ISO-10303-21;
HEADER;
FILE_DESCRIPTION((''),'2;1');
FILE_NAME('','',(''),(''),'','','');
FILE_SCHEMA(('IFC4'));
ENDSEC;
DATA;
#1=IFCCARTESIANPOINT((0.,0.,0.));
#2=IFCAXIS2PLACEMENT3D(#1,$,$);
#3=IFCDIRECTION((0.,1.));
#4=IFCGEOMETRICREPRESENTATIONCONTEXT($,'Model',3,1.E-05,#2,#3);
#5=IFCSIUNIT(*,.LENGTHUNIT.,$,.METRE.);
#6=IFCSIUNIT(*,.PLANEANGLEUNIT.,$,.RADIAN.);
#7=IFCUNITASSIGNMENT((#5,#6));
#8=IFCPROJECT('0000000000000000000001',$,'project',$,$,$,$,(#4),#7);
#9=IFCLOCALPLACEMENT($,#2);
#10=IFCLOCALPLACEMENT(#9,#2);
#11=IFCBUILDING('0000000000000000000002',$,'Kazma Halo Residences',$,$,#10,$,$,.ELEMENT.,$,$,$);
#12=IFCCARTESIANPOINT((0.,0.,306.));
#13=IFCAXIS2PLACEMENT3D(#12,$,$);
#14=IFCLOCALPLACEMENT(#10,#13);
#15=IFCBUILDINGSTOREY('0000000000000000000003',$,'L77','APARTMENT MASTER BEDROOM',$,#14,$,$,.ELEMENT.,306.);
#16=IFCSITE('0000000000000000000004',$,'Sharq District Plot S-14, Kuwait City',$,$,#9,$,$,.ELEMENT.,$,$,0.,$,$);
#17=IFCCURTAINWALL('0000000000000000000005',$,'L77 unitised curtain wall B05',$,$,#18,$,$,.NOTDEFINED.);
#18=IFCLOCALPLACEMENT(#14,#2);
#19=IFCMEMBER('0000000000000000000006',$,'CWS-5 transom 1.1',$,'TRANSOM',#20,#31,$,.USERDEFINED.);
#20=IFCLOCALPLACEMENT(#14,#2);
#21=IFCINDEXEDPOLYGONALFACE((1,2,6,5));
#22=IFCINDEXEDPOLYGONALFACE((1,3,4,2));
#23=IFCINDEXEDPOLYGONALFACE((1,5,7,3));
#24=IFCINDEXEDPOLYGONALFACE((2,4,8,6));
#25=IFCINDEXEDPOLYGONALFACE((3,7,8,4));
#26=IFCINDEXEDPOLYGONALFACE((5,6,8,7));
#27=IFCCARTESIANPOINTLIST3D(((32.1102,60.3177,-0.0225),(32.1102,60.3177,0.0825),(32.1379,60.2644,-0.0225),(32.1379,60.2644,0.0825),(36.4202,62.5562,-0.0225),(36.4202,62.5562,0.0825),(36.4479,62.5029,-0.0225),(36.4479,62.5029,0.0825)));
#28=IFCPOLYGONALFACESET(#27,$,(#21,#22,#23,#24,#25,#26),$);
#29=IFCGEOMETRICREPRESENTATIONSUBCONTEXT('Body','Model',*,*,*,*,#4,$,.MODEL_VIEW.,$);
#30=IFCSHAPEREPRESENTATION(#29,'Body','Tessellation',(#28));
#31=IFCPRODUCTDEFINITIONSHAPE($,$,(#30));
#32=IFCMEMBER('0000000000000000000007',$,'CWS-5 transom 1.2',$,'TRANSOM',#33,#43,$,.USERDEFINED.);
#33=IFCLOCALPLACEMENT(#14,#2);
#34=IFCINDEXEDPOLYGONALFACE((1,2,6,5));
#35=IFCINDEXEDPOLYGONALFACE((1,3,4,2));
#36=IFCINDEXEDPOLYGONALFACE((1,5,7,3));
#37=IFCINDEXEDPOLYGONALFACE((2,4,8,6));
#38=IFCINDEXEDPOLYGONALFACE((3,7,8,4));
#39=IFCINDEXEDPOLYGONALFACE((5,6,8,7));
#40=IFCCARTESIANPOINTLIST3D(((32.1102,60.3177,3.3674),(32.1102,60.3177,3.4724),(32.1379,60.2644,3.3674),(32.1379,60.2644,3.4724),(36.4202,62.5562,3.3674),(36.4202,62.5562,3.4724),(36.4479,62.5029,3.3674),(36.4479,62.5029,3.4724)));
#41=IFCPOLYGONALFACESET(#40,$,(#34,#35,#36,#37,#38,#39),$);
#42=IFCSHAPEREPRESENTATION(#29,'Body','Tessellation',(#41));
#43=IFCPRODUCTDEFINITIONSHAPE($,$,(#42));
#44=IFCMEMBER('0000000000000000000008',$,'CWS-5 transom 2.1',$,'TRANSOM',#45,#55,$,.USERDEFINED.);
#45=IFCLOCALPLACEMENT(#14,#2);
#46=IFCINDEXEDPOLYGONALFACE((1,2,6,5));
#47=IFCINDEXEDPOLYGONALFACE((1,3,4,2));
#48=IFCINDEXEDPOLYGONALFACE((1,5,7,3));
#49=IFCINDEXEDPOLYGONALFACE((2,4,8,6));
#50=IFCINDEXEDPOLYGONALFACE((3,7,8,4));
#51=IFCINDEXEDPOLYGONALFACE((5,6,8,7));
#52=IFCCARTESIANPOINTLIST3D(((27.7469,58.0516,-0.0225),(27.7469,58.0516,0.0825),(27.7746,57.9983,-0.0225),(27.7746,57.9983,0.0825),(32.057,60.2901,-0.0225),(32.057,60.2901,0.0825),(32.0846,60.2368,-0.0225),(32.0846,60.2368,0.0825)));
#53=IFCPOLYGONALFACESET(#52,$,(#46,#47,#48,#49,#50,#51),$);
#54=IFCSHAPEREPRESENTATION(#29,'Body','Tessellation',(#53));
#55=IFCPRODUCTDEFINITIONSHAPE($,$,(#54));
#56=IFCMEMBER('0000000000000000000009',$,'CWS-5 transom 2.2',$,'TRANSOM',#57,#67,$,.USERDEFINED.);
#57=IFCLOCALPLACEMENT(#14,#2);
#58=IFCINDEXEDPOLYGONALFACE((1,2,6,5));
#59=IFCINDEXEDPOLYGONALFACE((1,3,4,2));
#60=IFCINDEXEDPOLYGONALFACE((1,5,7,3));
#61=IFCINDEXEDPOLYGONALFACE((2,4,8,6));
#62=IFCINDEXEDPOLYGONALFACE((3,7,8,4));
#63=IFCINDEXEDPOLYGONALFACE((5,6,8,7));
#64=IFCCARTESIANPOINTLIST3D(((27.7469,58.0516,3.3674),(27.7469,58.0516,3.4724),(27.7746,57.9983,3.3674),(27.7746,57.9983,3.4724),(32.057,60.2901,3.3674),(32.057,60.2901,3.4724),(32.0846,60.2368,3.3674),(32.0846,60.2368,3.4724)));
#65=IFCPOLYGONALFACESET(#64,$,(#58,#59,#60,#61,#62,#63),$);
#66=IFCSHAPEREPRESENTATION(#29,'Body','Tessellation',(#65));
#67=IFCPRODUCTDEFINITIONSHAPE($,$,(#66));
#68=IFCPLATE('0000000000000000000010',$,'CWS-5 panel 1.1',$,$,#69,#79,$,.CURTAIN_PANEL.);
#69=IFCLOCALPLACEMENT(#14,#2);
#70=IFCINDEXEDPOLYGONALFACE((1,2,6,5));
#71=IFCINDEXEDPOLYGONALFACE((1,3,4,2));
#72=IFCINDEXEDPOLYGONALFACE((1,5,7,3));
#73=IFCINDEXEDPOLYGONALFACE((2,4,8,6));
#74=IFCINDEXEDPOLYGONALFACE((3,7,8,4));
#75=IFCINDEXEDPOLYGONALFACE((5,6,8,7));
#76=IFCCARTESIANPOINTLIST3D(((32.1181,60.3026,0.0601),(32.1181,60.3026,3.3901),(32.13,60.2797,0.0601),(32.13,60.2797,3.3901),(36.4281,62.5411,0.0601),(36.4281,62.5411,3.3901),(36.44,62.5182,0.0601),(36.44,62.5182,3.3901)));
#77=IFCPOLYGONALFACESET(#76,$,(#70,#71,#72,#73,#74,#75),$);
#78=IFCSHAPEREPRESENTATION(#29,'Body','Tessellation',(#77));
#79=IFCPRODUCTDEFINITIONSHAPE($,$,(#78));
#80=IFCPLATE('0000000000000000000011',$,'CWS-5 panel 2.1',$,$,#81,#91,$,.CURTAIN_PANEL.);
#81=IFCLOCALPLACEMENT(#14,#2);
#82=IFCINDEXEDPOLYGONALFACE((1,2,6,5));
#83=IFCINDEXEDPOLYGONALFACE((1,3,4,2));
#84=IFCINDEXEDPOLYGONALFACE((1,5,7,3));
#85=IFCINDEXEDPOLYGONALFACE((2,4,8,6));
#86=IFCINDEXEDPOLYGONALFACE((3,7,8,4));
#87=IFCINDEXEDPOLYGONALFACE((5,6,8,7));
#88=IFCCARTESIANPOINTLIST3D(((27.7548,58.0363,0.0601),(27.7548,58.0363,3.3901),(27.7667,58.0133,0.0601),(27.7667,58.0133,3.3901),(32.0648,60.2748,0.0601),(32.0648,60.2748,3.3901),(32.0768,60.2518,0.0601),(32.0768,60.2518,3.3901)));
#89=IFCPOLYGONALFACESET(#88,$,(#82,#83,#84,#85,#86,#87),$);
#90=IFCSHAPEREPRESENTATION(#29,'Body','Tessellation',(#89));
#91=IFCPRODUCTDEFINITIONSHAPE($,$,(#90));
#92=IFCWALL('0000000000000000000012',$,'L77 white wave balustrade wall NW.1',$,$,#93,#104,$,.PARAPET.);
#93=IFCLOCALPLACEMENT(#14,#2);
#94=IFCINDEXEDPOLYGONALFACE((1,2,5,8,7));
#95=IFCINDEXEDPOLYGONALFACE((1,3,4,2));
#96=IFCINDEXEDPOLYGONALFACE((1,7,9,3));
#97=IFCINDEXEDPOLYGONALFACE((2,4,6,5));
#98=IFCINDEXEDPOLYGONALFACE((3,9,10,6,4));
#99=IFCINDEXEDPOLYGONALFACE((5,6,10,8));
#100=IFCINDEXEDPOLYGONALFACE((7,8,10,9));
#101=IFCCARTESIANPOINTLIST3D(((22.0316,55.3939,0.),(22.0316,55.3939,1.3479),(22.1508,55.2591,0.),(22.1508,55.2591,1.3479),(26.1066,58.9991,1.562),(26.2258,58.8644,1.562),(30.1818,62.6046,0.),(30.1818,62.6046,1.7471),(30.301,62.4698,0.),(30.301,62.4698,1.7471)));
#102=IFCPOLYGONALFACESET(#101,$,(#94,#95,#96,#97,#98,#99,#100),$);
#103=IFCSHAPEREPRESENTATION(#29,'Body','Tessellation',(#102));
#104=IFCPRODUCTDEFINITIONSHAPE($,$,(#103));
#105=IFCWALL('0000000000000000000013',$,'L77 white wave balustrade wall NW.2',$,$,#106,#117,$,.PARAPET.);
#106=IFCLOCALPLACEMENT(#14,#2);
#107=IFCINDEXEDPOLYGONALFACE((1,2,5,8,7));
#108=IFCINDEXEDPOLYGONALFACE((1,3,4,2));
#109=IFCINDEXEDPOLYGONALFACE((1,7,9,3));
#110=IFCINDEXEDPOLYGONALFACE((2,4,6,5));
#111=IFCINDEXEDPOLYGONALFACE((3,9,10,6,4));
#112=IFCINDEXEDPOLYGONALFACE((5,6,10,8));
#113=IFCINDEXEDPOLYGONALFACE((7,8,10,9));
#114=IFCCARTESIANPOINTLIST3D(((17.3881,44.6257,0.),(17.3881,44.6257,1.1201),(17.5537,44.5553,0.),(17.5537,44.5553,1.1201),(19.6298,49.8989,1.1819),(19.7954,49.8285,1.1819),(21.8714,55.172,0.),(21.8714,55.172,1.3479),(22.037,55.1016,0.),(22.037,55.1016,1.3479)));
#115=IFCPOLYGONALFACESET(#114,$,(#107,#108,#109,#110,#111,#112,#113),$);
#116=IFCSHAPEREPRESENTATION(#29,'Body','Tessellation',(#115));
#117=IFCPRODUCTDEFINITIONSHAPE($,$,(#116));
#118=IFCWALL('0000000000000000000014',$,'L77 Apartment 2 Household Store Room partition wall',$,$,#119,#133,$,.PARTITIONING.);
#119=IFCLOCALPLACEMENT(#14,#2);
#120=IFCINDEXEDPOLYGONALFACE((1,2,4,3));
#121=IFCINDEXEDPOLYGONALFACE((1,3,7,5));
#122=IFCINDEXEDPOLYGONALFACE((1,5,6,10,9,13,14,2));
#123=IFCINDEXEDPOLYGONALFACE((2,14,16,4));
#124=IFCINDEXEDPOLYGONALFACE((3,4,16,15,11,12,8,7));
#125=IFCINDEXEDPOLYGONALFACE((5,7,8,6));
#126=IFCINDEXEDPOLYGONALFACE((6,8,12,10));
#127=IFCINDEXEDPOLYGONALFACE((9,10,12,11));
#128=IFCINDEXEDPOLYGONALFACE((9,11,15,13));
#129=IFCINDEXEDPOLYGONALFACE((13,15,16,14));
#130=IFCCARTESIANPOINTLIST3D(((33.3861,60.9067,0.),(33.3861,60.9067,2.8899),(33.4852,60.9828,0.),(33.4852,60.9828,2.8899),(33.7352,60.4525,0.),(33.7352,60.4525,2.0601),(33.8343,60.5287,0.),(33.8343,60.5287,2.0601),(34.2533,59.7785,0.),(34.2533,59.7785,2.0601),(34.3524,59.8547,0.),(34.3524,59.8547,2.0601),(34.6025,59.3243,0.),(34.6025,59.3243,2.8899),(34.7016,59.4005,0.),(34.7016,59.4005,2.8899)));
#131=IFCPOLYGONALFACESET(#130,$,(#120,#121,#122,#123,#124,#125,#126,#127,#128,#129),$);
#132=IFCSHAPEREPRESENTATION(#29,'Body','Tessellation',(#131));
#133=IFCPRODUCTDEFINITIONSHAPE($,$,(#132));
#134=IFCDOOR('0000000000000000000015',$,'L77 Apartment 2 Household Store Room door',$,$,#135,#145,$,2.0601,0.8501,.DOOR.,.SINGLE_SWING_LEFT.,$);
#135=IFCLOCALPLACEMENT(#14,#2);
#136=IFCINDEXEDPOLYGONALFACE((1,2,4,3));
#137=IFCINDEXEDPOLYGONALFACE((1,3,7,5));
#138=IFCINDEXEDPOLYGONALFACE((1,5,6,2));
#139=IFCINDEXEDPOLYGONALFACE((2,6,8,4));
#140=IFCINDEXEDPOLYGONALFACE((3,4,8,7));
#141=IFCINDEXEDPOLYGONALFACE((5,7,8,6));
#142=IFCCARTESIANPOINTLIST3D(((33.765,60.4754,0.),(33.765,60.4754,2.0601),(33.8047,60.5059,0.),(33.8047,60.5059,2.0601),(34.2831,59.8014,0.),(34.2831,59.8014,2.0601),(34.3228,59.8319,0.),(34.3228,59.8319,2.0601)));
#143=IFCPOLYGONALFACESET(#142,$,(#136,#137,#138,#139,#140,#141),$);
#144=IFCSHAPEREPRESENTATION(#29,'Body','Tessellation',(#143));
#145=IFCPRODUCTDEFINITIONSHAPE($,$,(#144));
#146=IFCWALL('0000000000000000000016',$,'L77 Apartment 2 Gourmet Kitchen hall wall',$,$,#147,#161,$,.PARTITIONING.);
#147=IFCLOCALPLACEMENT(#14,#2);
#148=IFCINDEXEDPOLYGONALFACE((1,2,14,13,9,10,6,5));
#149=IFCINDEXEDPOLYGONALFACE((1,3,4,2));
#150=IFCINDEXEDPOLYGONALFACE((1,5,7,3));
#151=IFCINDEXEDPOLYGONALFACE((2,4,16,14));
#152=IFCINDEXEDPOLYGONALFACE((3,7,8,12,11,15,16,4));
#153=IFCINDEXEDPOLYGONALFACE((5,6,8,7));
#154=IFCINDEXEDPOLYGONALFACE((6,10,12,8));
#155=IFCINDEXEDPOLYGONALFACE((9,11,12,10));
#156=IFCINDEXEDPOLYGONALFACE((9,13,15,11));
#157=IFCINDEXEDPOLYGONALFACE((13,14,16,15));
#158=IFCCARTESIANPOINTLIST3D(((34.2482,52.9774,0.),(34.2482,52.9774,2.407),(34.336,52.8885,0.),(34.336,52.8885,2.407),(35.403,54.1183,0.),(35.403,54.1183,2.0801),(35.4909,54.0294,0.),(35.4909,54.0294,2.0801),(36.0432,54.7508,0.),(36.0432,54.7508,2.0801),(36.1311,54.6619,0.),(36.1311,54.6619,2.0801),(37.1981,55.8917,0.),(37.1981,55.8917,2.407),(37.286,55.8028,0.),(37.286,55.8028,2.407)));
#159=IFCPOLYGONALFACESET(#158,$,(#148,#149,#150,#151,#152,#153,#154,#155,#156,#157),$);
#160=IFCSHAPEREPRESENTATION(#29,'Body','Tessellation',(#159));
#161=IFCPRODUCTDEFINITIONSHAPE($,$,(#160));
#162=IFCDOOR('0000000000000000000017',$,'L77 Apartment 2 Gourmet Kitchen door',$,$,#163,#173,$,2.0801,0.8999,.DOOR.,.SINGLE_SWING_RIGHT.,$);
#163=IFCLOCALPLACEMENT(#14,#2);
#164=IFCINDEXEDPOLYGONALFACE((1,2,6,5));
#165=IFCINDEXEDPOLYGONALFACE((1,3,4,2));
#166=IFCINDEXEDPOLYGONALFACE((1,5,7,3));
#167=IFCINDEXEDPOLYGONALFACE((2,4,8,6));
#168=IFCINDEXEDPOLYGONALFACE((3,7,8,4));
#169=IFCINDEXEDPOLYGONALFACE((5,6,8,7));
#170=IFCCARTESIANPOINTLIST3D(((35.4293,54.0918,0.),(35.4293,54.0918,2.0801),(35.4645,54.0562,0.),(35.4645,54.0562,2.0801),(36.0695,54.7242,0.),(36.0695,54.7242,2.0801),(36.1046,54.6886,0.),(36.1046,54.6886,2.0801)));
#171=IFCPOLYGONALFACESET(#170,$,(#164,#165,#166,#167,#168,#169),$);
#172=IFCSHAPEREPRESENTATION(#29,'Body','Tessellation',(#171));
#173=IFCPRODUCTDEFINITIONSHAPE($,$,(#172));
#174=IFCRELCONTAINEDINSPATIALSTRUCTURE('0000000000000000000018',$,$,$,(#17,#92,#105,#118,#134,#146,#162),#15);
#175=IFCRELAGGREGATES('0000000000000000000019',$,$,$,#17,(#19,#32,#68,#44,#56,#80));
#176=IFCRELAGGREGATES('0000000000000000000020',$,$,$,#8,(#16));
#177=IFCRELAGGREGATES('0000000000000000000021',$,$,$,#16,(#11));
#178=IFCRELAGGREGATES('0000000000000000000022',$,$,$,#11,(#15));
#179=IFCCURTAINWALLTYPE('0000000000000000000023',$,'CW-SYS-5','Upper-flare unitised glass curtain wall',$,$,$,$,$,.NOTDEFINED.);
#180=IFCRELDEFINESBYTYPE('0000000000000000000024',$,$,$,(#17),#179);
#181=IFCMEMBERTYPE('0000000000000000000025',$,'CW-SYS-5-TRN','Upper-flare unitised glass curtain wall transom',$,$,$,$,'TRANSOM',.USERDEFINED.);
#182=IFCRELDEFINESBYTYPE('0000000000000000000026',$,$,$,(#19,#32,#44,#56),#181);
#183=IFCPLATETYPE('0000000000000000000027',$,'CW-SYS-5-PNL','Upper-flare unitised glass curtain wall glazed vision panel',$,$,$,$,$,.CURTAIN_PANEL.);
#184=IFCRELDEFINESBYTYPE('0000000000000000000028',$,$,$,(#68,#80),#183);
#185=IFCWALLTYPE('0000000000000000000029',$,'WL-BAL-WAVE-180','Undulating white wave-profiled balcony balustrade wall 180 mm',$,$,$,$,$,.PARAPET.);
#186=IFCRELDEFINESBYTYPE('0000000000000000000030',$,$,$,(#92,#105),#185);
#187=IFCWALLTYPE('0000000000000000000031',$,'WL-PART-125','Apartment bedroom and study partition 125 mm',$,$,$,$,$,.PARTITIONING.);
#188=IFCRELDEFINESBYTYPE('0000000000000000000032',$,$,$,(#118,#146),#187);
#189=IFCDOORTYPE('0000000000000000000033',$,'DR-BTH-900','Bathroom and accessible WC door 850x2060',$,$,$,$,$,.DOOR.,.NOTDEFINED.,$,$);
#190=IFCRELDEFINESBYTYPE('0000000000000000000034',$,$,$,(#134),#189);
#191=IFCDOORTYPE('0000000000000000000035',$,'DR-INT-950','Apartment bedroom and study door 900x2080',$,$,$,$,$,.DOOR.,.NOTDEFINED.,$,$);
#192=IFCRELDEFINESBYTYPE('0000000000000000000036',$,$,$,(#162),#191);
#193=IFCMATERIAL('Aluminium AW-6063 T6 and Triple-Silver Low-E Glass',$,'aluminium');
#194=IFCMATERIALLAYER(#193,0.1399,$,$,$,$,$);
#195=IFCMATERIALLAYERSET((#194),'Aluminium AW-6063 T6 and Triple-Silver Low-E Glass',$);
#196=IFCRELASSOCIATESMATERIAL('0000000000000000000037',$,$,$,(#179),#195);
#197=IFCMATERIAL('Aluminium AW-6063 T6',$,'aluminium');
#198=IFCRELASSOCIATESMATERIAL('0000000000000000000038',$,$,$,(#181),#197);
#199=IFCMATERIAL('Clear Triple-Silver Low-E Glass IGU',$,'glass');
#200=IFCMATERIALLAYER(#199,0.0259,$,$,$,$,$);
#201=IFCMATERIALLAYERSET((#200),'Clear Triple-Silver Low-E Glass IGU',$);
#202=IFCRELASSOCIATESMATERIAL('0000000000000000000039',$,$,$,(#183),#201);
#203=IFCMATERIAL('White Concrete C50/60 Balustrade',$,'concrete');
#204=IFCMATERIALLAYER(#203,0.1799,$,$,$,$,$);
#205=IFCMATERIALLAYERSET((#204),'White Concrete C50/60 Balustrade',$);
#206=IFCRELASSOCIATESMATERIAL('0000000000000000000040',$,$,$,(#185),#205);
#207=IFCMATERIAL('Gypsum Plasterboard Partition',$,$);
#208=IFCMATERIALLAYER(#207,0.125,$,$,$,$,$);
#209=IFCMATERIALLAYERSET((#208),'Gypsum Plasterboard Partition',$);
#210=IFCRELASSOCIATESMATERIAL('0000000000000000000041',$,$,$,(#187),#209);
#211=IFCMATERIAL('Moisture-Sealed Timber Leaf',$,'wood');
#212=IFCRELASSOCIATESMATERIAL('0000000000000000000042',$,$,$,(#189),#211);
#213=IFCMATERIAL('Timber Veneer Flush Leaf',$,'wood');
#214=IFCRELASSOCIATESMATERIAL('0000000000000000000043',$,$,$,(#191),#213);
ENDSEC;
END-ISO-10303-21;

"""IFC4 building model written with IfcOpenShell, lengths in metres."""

from ifc_helpers import new_model, si_unit, direction, frame, frame_2d, origin, origin_2d, place, context, subcontext, project, spatial, polyline, rectangle, outline, extrude, material, layer, layer_set, material_profile, profile_set, type_object, element, fill, aggregate, save


model = new_model("IFC4")

# Units and contexts
model_context = context("Model", 3, precision=1e-05, world=origin(), true_north=direction((0.0, 1.0)))
body_context = subcontext(model_context, "Body", "Model", "MODEL_VIEW")
ifc_project = project(units=[si_unit("LENGTHUNIT", "METRE"), si_unit("PLANEANGLEUNIT", "RADIAN")], contexts=[model_context])

# Site, building, storey
site_placement = place(None, origin())
site = spatial("IfcSite", under=ifc_project, at=site_placement, Name="Sharq District Plot S-14, Kuwait City", CompositionType="ELEMENT", RefElevation=0.0)
building_placement = place(site_placement, origin())
building = spatial("IfcBuilding", under=site, at=building_placement, Name="Kazma Halo Residences", CompositionType="ELEMENT")
storey_placement = place(building_placement, frame((0.0, 0.0, 306.0)))
storey = spatial("IfcBuildingStorey", under=building, at=storey_placement, Name="L77", Description="APARTMENT MASTER BEDROOM", CompositionType="ELEMENT", Elevation=306.0)

# Curtain wall, members, plates
ifc_material_1 = material(Name="Aluminium AW-6063 T6 and Triple-Silver Low-E Glass", Category="aluminium")
ifc_layer_1 = layer(ifc_material_1, 0.1399)
ifc_layer_set_1 = layer_set([ifc_layer_1], Name="Aluminium AW-6063 T6 and Triple-Silver Low-E Glass")
curtain_wall_type = type_object("IfcCurtainWallType", Name="CW-SYS-5", Description="Upper-flare unitised glass curtain wall", PredefinedType="NOTDEFINED", material=ifc_layer_set_1)
curtain_wall_placement = place(storey_placement, origin())
curtain_wall = element("IfcCurtainWall", 1, at=curtain_wall_placement, inside=storey, type_object=curtain_wall_type, Name="L77 unitised curtain wall B05", PredefinedType="NOTDEFINED")
ifc_material_2 = material(Name="Aluminium AW-6063 T6", Category="aluminium")
ifc_material_profile_1 = material_profile(ifc_material_2, rectangle(XDim=0.0601, YDim=0.105, at=origin_2d()), Name="CWT-60x105")
ifc_profile_set_1 = profile_set([ifc_material_profile_1], Name="Aluminium AW-6063 T6")
member_type_1 = type_object("IfcMemberType", Name="CW-SYS-5-TRN", Description="Upper-flare unitised glass curtain wall transom", ElementType="TRANSOM", PredefinedType="USERDEFINED", material=ifc_profile_set_1)
member_1_placement = place(storey_placement, frame((36.4341, 62.5295, 0.03), z_axis=(-0.887445, -0.460914, 0.0), x_axis=(0.460914, -0.887445, 0.0)))
member_1 = element("IfcMember", 2, at=member_1_placement, type_object=member_type_1, Name="CWS-5 transom 1.1", ObjectType="TRANSOM", PredefinedType="USERDEFINED", context=body_context, shape_type="SweptSolid", body=[
    extrude(rectangle(XDim=0.0601, YDim=0.105, at=origin_2d()), origin(), (0.0, 0.0, 1.0), 4.8567),
])
member_2_placement = place(storey_placement, frame((36.4341, 62.5295, 3.4199), z_axis=(-0.887445, -0.460914, 0.0), x_axis=(0.460914, -0.887445, 0.0)))
member_2 = element("IfcMember", 3, at=member_2_placement, type_object=member_type_1, Name="CWS-5 transom 1.2", ObjectType="TRANSOM", PredefinedType="USERDEFINED", context=body_context, shape_type="SweptSolid", body=[
    extrude(rectangle(XDim=0.0601, YDim=0.105, at=origin_2d()), origin(), (0.0, 0.0, 1.0), 4.8567),
])
member_3_placement = place(storey_placement, frame((32.0708, 60.2634, 0.03), z_axis=(-0.887445, -0.460914, 0.0), x_axis=(0.460914, -0.887445, 0.0)))
member_3 = element("IfcMember", 4, at=member_3_placement, type_object=member_type_1, Name="CWS-5 transom 2.1", ObjectType="TRANSOM", PredefinedType="USERDEFINED", context=body_context, shape_type="SweptSolid", body=[
    extrude(rectangle(XDim=0.0601, YDim=0.105, at=origin_2d()), origin(), (0.0, 0.0, 1.0), 4.8567),
])
member_4_placement = place(storey_placement, frame((32.0708, 60.2634, 3.4199), z_axis=(-0.887445, -0.460914, 0.0), x_axis=(0.460914, -0.887445, 0.0)))
member_4 = element("IfcMember", 5, at=member_4_placement, type_object=member_type_1, Name="CWS-5 transom 2.2", ObjectType="TRANSOM", PredefinedType="USERDEFINED", context=body_context, shape_type="SweptSolid", body=[
    extrude(rectangle(XDim=0.0601, YDim=0.105, at=origin_2d()), origin(), (0.0, 0.0, 1.0), 4.8567),
])
ifc_material_3 = material(Name="Clear Triple-Silver Low-E Glass IGU", Category="glass")
ifc_layer_2 = layer(ifc_material_3, 0.0259)
ifc_layer_set_2 = layer_set([ifc_layer_2], Name="Clear Triple-Silver Low-E Glass IGU")
plate_type = type_object("IfcPlateType", Name="CW-SYS-5-PNL", Description="Upper-flare unitised glass curtain wall glazed vision panel", PredefinedType="CURTAIN_PANEL", material=ifc_layer_set_2)
plate_1_placement = place(storey_placement, frame((34.2791, 61.4104, 0.0601), z_axis=(0.0, 0.0, 1.0), x_axis=(-0.887444, -0.460915, 0.0)))
plate_1 = element("IfcPlate", 6, at=plate_1_placement, type_object=plate_type, Name="CWS-5 panel 1.1", PredefinedType="CURTAIN_PANEL", context=body_context, shape_type="SweptSolid", body=[
    extrude(rectangle(XDim=4.8567, YDim=0.0259, at=origin_2d()), origin(), (0.0, 0.0, 1.0), 3.3301),
])
plate_2_placement = place(storey_placement, frame((29.9158, 59.144, 0.0601), z_axis=(0.0, 0.0, 1.0), x_axis=(-0.887444, -0.460915, 0.0)))
plate_2 = element("IfcPlate", 7, at=plate_2_placement, type_object=plate_type, Name="CWS-5 panel 2.1", PredefinedType="CURTAIN_PANEL", context=body_context, shape_type="SweptSolid", body=[
    extrude(rectangle(XDim=4.8567, YDim=0.0259, at=origin_2d()), origin(), (0.0, 0.0, 1.0), 3.3301),
])
aggregate(curtain_wall, [member_1, member_2, plate_1, member_3, member_4, plate_2])

# Walls
ifc_material_4 = material(Name="White Concrete C50/60 Balustrade", Category="concrete")
ifc_layer_3 = layer(ifc_material_4, 0.1799)
ifc_layer_set_3 = layer_set([ifc_layer_3], Name="White Concrete C50/60 Balustrade")
wall_type_1 = type_object("IfcWallType", Name="WL-BAL-WAVE-180", Description="Undulating white wave-profiled balcony balustrade wall 180 mm", PredefinedType="PARAPET", material=ifc_layer_set_3)
wall_1_placement = place(storey_placement, frame((30.2415, 62.5371, 0.0), z_axis=(0.0, 0.0, 1.0), x_axis=(-0.748953, -0.662623, 0.0)))
element("IfcWall", 8, at=wall_1_placement, inside=storey, type_object=wall_type_1, Name="L77 white wave balustrade wall NW.1", PredefinedType="PARAPET", context=body_context, shape_type="SweptSolid", body=[
    extrude(outline(polyline([(0.0, 0.0), (10.8821, 0.0), (10.8821, 1.3479), (5.4412, 1.562), (0.0, 1.7471), (0.0, 0.0)])), frame((0.0, 0.0898, 0.0), z_axis=(0.0, -1.0, 0.0), x_axis=(1.0, 0.0, 0.0)), (0.0, 0.0, 1.0), 0.1799),
])
wall_2_placement = place(storey_placement, frame((21.9543, 55.1367, 0.0), z_axis=(0.0, 0.0, 1.0), x_axis=(-0.391228, -0.920294, 0.0)))
element("IfcWall", 9, at=wall_2_placement, inside=storey, type_object=wall_type_1, Name="L77 white wave balustrade wall NW.2", PredefinedType="PARAPET", context=body_context, shape_type="SweptSolid", body=[
    extrude(outline(polyline([(0.0, 0.0), (11.4597, 0.0), (11.4597, 1.1201), (5.7297, 1.1819), (0.0, 1.3479), (0.0, 0.0)])), frame((0.0, 0.0898, 0.0), z_axis=(0.0, -1.0, 0.0), x_axis=(1.0, 0.0, 0.0)), (0.0, 0.0, 1.0), 0.1799),
])

# Walls, openings, doors
ifc_material_5 = material(Name="Gypsum Plasterboard Partition")
ifc_layer_4 = layer(ifc_material_5, 0.125)
ifc_layer_set_4 = layer_set([ifc_layer_4], Name="Gypsum Plasterboard Partition")
wall_type_2 = type_object("IfcWallType", Name="WL-PART-125", Description="Apartment bedroom and study partition 125 mm", PredefinedType="PARTITIONING", material=ifc_layer_set_4)
wall_3_placement = place(storey_placement, frame((34.6521, 59.3623, 0.0), z_axis=(0.0, 0.0, 1.0), x_axis=(-0.609451, 0.792824, 0.0)))
wall_3 = element("IfcWall", 10, at=wall_3_placement, inside=storey, type_object=wall_type_2, Name="L77 Apartment 2 Household Store Room partition wall", PredefinedType="PARTITIONING", context=body_context, shape_type="SweptSolid", body=[
    extrude(rectangle(XDim=1.9958, YDim=0.125, at=frame_2d((0.998, 0.0))), origin(), (0.0, 0.0, 1.0), 2.8899),
])
opening_1_placement = place(wall_3_placement, frame((0.573, 0.0, 0.0)))
opening_1 = element("IfcOpeningElement", 11, at=opening_1_placement, cuts=wall_3, PredefinedType="OPENING", context=body_context, shape_type="SweptSolid", body=[
    extrude(rectangle(XDim=0.8501, YDim=2.0601, at=frame_2d((0.425, 1.03))), frame((0.0, 0.0725, 0.0), z_axis=(0.0, -1.0, 0.0), x_axis=(1.0, 0.0, 0.0)), (0.0, 0.0, 1.0), 0.145),
])
ifc_material_6 = material(Name="Moisture-Sealed Timber Leaf", Category="wood")
door_type_1 = type_object("IfcDoorType", Name="DR-BTH-900", Description="Bathroom and accessible WC door 850x2060", OperationType="NOTDEFINED", PredefinedType="DOOR", material=ifc_material_6)
door_1_placement = place(opening_1_placement, origin())
door_1 = element("IfcDoor", 12, at=door_1_placement, inside=storey, type_object=door_type_1, Name="L77 Apartment 2 Household Store Room door", OperationType="SINGLE_SWING_LEFT", OverallHeight=2.0601, OverallWidth=0.8501, PredefinedType="DOOR", context=body_context, shape_type="SweptSolid", body=[
    extrude(rectangle(XDim=0.8501, YDim=2.0601, at=frame_2d((0.425, 1.03))), frame((0.0, 0.0249, 0.0), z_axis=(0.0, -1.0, 0.0), x_axis=(1.0, 0.0, 0.0)), (0.0, 0.0, 1.0), 0.05),
])
fill(opening_1, door_1)
wall_4_placement = place(storey_placement, frame((37.2419, 55.8472, 0.0), z_axis=(0.0, 0.0, 1.0), x_axis=(-0.711392, -0.702796, 0.0)))
wall_4 = element("IfcWall", 13, at=wall_4_placement, inside=storey, type_object=wall_type_2, Name="L77 Apartment 2 Gourmet Kitchen hall wall", PredefinedType="PARTITIONING", context=body_context, shape_type="SweptSolid", body=[
    extrude(rectangle(XDim=4.1467, YDim=0.125, at=frame_2d((2.0732, 0.0))), origin(), (0.0, 0.0, 1.0), 2.407),
])
opening_2_placement = place(wall_4_placement, frame((1.6233, 0.0, 0.0)))
opening_2 = element("IfcOpeningElement", 14, at=opening_2_placement, cuts=wall_4, PredefinedType="OPENING", context=body_context, shape_type="SweptSolid", body=[
    extrude(rectangle(XDim=0.8999, YDim=2.0801, at=frame_2d((0.45, 1.04))), frame((0.0, 0.0725, 0.0), z_axis=(0.0, -1.0, 0.0), x_axis=(1.0, 0.0, 0.0)), (0.0, 0.0, 1.0), 0.145),
])
ifc_material_7 = material(Name="Timber Veneer Flush Leaf", Category="wood")
door_type_2 = type_object("IfcDoorType", Name="DR-INT-950", Description="Apartment bedroom and study door 900x2080", OperationType="NOTDEFINED", PredefinedType="DOOR", material=ifc_material_7)
door_2_placement = place(opening_2_placement, origin())
door_2 = element("IfcDoor", 15, at=door_2_placement, inside=storey, type_object=door_type_2, Name="L77 Apartment 2 Gourmet Kitchen door", OperationType="SINGLE_SWING_RIGHT", OverallHeight=2.0801, OverallWidth=0.8999, PredefinedType="DOOR", context=body_context, shape_type="SweptSolid", body=[
    extrude(rectangle(XDim=0.8999, YDim=2.0801, at=frame_2d((0.45, 1.04))), frame((0.0, 0.0249, 0.0), z_axis=(0.0, -1.0, 0.0), x_axis=(1.0, 0.0, 0.0)), (0.0, 0.0, 1.0), 0.05),
])
fill(opening_2, door_2)

save(model, "model.ifc")
